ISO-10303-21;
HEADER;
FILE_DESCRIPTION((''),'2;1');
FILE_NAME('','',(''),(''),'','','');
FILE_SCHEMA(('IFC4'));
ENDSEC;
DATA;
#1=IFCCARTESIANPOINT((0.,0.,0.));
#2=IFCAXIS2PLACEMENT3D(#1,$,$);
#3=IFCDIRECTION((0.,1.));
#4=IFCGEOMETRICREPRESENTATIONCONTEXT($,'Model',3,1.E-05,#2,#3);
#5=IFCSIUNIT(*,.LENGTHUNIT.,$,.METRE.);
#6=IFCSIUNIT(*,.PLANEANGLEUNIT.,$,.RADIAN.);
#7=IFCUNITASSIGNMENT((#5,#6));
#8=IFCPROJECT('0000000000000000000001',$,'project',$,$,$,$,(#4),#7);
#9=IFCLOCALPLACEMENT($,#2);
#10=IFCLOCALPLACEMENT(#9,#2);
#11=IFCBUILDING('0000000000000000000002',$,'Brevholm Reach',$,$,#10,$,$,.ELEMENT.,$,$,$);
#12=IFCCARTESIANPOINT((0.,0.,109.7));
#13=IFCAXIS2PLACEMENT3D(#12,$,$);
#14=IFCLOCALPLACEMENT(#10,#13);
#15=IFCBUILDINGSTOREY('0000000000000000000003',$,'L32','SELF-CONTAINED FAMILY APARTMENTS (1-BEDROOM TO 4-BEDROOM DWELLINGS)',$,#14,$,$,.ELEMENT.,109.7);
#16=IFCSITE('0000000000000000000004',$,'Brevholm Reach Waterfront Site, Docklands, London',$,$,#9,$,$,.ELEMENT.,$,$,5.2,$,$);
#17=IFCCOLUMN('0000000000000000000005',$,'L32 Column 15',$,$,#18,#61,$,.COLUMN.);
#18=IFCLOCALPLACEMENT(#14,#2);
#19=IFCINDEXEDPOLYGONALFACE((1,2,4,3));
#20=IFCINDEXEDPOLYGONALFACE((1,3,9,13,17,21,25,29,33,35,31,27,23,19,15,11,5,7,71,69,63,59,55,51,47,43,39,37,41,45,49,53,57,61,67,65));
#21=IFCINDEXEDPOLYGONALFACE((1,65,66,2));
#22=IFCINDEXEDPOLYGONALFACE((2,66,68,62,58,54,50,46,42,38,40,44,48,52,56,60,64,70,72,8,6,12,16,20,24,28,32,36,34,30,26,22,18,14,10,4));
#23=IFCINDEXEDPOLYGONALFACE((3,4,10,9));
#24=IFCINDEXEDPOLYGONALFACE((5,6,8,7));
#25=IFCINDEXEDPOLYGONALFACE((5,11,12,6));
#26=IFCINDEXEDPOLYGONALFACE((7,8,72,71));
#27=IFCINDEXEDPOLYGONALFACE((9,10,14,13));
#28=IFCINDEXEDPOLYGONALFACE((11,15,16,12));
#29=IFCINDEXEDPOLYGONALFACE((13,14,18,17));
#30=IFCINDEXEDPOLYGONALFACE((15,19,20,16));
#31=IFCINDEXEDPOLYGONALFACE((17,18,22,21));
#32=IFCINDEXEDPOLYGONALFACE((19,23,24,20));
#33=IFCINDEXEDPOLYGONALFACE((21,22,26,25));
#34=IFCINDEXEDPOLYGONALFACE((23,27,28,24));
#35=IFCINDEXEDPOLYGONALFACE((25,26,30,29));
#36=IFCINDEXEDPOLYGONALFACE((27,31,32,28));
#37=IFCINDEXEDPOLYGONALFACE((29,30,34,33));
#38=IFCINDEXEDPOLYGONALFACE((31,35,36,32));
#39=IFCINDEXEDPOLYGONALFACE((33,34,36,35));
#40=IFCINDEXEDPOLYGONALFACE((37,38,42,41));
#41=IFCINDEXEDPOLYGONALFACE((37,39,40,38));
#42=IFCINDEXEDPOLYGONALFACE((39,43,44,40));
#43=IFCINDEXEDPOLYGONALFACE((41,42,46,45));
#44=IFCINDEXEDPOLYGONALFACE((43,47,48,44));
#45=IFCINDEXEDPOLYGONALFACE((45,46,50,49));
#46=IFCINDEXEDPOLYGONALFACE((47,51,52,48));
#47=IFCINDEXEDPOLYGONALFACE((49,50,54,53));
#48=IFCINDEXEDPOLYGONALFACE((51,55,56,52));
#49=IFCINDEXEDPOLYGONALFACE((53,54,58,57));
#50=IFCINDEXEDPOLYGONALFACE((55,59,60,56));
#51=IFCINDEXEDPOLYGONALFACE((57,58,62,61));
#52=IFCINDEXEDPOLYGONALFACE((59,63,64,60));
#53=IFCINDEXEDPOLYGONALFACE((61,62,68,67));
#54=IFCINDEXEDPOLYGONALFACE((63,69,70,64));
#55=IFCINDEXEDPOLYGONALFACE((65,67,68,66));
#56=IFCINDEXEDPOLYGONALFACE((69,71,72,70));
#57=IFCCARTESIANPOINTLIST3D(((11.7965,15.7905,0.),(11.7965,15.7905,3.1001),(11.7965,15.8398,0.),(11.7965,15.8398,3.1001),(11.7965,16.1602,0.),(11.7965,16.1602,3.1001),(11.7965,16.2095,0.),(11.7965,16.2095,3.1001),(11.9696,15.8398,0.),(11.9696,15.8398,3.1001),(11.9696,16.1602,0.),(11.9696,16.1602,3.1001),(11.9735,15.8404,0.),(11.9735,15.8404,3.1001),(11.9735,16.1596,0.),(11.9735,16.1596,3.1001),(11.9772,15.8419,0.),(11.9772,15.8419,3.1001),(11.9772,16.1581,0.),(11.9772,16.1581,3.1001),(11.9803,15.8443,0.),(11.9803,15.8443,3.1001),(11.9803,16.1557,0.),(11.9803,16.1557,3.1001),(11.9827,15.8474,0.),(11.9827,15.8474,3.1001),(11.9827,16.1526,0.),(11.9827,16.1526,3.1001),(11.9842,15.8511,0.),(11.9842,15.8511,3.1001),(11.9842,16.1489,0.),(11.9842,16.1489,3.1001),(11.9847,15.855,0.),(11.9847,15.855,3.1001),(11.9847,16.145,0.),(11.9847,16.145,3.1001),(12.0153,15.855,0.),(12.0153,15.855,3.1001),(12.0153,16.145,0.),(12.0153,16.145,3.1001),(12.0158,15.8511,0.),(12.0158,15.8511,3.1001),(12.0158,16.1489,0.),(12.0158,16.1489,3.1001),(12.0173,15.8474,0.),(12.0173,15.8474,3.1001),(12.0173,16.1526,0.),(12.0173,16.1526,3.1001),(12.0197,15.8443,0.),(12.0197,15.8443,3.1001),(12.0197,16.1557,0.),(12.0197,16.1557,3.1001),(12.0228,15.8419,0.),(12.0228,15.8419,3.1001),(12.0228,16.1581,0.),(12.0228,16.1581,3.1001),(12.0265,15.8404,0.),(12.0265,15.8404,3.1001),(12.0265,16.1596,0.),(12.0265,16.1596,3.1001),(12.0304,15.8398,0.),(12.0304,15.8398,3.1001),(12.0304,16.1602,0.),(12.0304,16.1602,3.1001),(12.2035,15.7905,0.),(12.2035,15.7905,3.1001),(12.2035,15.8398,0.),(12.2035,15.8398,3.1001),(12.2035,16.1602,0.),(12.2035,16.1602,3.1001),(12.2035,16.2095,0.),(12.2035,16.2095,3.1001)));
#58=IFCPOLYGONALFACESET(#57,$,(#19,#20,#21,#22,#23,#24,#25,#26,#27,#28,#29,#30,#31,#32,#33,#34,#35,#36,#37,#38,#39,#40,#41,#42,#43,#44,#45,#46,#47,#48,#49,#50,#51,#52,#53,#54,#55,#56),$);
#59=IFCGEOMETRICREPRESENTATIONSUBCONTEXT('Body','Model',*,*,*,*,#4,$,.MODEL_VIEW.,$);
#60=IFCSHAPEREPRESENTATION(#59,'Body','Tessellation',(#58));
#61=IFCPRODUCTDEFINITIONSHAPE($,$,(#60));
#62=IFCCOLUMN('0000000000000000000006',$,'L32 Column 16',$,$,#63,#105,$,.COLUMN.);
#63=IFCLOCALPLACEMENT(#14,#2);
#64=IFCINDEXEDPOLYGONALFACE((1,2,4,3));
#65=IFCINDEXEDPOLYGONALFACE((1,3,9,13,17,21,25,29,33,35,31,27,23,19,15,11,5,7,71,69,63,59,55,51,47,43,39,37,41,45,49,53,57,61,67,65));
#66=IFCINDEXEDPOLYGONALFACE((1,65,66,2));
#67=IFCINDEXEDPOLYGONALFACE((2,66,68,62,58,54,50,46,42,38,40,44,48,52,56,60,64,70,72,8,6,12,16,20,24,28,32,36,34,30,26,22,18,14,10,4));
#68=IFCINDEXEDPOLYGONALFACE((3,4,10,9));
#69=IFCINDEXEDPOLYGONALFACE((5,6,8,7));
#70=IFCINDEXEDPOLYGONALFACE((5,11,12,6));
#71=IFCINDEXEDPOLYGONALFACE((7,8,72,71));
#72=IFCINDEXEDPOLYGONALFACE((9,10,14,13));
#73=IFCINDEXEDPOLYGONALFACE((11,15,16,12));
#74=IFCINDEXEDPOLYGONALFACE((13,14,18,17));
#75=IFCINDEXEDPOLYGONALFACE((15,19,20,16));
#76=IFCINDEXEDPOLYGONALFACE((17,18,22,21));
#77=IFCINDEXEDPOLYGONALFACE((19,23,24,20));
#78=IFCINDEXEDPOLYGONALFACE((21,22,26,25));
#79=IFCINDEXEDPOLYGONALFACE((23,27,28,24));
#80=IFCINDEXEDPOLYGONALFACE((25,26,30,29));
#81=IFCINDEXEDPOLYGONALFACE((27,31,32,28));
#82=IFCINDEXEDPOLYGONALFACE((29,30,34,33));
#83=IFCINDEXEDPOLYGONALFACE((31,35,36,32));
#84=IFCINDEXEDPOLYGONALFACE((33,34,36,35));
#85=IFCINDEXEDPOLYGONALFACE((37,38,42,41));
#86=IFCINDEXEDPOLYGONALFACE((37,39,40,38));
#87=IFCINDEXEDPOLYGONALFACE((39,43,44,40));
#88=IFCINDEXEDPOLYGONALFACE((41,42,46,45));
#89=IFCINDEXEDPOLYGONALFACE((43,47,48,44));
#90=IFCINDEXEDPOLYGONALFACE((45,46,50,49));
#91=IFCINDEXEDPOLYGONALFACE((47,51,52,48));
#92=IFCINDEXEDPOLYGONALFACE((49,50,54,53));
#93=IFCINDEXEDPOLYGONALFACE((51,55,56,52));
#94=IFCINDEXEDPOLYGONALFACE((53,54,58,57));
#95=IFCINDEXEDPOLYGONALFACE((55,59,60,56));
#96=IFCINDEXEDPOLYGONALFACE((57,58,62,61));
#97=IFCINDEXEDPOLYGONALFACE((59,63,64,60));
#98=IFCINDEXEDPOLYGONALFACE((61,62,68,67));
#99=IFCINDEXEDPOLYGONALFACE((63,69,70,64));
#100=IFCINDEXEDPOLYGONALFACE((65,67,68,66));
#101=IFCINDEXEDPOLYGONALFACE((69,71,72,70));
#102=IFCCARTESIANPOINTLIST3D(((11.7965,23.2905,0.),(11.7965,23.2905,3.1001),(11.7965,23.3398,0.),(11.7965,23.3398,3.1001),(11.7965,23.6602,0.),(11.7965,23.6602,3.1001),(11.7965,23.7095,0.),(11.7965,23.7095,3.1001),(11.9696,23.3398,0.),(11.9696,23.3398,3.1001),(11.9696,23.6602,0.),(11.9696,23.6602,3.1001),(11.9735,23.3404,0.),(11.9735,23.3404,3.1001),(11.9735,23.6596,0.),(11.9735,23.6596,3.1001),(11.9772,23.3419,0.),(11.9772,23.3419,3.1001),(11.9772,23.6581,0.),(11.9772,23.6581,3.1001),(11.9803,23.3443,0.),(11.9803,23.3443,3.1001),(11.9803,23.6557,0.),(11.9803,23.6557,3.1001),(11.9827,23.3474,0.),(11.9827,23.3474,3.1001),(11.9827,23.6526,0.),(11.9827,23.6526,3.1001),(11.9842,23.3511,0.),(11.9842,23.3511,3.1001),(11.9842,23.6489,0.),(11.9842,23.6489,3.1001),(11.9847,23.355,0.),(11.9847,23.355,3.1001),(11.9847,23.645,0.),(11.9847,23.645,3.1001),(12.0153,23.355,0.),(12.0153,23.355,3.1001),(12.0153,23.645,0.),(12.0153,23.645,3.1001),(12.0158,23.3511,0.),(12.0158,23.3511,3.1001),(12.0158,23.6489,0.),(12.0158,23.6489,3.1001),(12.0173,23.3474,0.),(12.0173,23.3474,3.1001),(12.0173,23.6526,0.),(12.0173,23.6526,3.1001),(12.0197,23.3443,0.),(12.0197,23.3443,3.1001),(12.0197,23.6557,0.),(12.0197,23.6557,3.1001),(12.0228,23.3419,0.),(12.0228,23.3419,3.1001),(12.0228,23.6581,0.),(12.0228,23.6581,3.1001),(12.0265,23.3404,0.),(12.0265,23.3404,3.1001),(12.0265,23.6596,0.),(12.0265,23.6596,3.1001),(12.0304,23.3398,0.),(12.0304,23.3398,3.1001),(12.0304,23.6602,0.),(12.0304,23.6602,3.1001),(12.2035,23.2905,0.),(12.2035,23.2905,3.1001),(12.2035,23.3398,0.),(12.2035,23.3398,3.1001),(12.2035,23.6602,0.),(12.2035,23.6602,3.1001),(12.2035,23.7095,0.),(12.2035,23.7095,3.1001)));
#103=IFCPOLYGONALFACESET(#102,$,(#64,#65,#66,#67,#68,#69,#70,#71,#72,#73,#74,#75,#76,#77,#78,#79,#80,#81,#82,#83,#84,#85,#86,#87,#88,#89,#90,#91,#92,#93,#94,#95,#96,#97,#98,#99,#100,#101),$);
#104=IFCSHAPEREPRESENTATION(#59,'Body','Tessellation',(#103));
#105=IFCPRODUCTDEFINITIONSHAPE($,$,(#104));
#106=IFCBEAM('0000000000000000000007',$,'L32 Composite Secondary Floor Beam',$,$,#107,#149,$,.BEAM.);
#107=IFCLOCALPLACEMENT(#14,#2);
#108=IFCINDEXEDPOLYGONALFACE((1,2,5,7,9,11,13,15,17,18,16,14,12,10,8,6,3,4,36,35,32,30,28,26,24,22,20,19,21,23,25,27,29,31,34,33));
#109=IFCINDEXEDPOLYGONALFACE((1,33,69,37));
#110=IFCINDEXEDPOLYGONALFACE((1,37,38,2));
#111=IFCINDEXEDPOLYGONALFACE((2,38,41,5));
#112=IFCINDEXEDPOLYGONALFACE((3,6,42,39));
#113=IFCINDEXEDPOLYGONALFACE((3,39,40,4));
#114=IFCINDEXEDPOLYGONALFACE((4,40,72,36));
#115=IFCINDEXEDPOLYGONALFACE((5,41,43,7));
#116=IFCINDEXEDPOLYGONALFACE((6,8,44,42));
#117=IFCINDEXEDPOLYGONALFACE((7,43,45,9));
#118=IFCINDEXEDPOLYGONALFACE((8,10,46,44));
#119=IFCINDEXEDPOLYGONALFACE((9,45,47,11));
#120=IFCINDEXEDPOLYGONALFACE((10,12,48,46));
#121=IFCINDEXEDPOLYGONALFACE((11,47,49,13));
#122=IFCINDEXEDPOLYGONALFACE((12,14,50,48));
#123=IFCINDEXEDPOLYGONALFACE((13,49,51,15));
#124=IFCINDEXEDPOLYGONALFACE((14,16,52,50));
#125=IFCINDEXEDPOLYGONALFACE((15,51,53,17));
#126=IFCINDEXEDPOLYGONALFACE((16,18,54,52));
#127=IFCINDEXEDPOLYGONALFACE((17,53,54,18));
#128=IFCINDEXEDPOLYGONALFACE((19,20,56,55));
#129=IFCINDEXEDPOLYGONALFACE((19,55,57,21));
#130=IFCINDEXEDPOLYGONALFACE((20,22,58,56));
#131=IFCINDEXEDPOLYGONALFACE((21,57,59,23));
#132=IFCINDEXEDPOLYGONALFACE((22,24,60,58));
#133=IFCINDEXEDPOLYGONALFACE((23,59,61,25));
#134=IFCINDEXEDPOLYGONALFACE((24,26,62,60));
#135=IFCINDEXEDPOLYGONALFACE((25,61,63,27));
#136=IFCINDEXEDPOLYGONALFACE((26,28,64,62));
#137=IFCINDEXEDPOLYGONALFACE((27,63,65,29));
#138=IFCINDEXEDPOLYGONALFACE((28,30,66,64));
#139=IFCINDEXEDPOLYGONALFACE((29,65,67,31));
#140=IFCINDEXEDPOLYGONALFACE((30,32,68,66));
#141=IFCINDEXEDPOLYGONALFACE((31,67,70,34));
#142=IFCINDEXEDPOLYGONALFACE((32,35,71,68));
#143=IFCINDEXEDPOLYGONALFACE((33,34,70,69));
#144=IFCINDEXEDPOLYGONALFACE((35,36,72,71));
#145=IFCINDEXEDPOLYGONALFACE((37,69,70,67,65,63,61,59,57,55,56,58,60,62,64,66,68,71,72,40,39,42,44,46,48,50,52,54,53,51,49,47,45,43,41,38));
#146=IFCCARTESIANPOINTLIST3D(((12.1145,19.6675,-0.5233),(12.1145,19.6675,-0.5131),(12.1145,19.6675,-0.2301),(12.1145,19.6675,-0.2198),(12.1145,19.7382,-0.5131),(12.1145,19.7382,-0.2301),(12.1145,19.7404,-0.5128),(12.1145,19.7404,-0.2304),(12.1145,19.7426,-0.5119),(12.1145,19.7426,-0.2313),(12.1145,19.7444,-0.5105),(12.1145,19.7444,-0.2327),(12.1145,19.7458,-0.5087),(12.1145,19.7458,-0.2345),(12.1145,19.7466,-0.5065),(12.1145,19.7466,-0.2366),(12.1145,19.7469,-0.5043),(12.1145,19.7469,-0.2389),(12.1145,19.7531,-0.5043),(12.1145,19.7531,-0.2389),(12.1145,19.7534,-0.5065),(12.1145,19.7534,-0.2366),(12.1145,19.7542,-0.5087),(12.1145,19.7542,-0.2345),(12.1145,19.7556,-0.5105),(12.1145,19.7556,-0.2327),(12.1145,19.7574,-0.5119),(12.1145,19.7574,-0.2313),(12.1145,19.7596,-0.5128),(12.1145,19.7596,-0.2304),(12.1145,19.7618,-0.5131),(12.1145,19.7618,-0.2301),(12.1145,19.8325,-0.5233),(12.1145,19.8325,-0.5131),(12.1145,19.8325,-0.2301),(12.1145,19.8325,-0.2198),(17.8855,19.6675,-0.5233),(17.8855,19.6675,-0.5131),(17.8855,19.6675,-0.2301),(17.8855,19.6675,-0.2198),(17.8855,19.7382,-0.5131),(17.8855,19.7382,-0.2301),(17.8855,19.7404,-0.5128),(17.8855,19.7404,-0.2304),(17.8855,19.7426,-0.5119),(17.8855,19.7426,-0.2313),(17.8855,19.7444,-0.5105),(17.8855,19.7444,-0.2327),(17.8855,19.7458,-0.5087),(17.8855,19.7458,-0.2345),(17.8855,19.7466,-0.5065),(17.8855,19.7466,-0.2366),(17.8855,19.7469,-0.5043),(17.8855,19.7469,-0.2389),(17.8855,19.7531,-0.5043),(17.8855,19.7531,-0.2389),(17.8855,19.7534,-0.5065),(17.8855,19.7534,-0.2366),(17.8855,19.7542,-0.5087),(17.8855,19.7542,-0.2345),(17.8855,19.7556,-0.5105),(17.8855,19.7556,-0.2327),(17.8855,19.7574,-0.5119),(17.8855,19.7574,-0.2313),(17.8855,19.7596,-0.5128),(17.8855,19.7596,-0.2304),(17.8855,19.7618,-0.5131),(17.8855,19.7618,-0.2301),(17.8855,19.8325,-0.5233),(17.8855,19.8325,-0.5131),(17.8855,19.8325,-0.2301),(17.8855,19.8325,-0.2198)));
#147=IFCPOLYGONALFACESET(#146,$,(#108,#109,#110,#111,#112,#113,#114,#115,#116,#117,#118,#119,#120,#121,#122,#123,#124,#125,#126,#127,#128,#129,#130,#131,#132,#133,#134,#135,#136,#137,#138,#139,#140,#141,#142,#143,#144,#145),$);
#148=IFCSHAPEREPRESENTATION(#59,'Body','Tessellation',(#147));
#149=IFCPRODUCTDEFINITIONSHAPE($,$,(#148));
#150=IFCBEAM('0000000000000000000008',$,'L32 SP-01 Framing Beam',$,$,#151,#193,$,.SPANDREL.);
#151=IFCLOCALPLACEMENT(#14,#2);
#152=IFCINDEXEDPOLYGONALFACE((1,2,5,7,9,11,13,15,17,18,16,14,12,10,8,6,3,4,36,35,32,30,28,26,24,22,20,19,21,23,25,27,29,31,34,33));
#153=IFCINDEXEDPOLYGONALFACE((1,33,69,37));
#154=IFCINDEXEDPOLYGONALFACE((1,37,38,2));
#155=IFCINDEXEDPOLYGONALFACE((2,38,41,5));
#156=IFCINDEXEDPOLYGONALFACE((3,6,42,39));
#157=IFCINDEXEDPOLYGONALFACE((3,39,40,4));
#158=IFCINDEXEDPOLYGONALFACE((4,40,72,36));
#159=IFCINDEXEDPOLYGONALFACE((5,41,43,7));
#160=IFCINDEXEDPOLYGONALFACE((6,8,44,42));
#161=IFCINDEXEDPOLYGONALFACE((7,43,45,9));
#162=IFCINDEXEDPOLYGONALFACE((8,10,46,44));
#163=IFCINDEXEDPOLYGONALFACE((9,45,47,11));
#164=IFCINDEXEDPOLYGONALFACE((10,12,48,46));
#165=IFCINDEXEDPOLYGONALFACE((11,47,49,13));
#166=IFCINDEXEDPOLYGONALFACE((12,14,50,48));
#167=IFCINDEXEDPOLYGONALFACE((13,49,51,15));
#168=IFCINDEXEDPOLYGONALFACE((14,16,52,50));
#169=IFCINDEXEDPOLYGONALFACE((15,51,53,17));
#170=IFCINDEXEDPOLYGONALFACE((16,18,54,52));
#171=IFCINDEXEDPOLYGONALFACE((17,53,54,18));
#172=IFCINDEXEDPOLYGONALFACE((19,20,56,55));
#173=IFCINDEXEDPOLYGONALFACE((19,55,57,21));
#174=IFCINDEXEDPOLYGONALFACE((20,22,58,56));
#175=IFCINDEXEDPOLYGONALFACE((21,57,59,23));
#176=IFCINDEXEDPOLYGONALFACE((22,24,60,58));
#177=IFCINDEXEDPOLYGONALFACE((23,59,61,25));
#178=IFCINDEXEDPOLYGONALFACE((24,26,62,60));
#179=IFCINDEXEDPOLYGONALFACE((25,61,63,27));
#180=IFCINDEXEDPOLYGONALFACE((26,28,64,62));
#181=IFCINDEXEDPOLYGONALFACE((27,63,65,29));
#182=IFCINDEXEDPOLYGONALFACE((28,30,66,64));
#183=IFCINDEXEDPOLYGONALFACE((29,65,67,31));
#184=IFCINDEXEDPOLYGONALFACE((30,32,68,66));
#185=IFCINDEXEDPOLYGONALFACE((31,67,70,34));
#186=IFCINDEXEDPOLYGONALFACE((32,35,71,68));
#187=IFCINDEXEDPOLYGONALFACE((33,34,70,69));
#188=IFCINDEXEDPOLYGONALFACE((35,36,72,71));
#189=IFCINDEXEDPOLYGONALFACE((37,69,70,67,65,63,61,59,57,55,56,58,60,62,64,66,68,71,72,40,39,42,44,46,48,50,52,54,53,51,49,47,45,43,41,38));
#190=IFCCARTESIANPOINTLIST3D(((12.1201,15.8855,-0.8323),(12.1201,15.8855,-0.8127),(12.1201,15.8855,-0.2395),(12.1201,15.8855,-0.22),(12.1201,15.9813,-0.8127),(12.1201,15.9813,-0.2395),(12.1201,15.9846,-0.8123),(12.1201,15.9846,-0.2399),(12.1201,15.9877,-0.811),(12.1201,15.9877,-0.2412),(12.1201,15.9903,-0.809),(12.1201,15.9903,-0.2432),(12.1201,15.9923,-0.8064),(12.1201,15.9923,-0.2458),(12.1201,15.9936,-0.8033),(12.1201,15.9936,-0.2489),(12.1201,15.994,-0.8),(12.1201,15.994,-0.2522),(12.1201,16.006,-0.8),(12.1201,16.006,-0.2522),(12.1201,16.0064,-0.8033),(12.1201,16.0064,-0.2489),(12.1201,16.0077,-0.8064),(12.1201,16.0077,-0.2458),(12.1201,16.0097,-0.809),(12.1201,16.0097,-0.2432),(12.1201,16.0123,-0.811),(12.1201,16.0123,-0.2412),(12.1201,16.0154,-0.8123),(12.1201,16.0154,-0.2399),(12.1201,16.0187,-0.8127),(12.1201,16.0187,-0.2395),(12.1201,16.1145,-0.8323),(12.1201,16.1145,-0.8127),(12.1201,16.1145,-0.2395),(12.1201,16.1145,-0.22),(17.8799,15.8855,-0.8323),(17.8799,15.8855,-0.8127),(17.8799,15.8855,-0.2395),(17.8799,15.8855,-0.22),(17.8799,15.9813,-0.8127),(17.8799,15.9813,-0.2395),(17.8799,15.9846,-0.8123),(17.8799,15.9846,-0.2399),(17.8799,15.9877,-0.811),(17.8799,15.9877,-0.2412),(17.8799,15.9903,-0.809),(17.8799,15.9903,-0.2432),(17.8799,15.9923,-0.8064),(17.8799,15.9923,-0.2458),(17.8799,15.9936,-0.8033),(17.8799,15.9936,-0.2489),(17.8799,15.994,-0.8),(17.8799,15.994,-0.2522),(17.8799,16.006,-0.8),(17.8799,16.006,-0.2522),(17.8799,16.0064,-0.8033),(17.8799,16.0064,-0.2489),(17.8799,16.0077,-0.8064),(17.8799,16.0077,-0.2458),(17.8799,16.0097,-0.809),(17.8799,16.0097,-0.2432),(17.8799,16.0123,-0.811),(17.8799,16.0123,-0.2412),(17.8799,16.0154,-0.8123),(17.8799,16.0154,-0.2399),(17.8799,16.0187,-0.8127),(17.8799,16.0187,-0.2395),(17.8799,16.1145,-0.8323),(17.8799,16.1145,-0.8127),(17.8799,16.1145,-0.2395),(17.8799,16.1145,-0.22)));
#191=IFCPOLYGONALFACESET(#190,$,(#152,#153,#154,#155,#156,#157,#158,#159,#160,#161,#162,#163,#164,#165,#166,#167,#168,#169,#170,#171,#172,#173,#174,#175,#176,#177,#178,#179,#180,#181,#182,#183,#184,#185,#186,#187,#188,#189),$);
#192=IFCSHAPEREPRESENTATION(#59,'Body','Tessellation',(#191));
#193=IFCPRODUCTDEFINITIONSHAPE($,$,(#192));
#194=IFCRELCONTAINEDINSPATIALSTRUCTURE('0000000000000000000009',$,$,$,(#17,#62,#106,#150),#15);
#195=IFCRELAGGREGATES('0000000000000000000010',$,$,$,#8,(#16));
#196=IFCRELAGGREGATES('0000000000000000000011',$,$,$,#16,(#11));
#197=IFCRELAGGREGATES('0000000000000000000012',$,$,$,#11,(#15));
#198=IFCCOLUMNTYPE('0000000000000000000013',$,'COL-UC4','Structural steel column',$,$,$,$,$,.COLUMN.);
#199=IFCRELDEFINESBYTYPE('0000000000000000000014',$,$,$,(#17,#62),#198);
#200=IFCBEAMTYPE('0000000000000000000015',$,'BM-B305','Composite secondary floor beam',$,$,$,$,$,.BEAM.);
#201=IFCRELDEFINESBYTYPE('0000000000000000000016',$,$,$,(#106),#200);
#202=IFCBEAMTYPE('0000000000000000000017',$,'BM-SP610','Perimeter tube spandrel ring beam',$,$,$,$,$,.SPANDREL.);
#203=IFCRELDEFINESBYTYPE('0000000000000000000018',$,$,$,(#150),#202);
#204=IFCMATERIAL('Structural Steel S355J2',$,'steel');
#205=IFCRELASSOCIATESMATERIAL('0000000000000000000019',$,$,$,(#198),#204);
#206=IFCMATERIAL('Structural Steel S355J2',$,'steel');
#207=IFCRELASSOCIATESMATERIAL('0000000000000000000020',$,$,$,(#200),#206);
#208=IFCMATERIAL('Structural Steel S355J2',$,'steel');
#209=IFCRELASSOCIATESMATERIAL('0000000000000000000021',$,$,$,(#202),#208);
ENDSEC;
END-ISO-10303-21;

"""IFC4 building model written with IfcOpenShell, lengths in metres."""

from ifc_helpers import new_model, si_unit, direction, frame, origin, origin_2d, place, context, subcontext, project, spatial, i_section, extrude, material, material_profile, profile_set, type_object, element, save


model = new_model("IFC4")

# Units and contexts
model_context = context("Model", 3, precision=1e-05, world=origin(), true_north=direction((0.0, 1.0)))
body_context = subcontext(model_context, "Body", "Model", "MODEL_VIEW")
ifc_project = project(units=[si_unit("LENGTHUNIT", "METRE"), si_unit("PLANEANGLEUNIT", "RADIAN")], contexts=[model_context])

# Site, building, storey
site_placement = place(None, origin())
site = spatial("IfcSite", under=ifc_project, at=site_placement, Name="Brevholm Reach Waterfront Site, Docklands, London", CompositionType="ELEMENT", RefElevation=5.2)
building_placement = place(site_placement, origin())
building = spatial("IfcBuilding", under=site, at=building_placement, Name="Brevholm Reach", CompositionType="ELEMENT")
storey_placement = place(building_placement, frame((0.0, 0.0, 109.7)))
storey = spatial("IfcBuildingStorey", under=building, at=storey_placement, Name="L32", Description="SELF-CONTAINED FAMILY APARTMENTS (1-BEDROOM TO 4-BEDROOM DWELLINGS)", CompositionType="ELEMENT", Elevation=109.7)

# Columns
ifc_material_1 = material(Name="Structural Steel S355J2", Category="steel")
ifc_material_profile_1 = material_profile(ifc_material_1, i_section(OverallWidth=0.407, OverallDepth=0.4189, WebThickness=0.0305, FlangeThickness=0.0493, FilletRadius=0.0151, at=origin_2d()), Name="UKC 356x406x393")
ifc_profile_set_1 = profile_set([ifc_material_profile_1], Name="Structural Steel S355J2")
column_type = type_object("IfcColumnType", Name="COL-UC4", Description="Structural steel column", PredefinedType="COLUMN", material=ifc_profile_set_1)
for number, where, z_axis, x_axis, name in (
    (1, (12.0, 16.0, 0.0), (0.0, 0.0, 1.0), (1.0, 0.0, 0.0), "L32 Column 15"),
    (2, (12.0, 23.5, 0.0), (0.0, 0.0, 1.0), (1.0, 0.0, 0.0), "L32 Column 16"),
):
    element("IfcColumn", number, at=place(storey_placement, frame(where, z_axis=z_axis, x_axis=x_axis)), inside=storey, type_object=column_type, Name=name, PredefinedType="COLUMN", context=body_context, shape_type="SweptSolid", body=[
        extrude(i_section(OverallWidth=0.407, OverallDepth=0.4189, WebThickness=0.0305, FlangeThickness=0.0493, FilletRadius=0.0151, at=origin_2d()), origin(), (0.0, 0.0, 1.0), 3.1001),
    ])

# Beams
ifc_material_2 = material(Name="Structural Steel S355J2", Category="steel")
ifc_material_profile_2 = material_profile(ifc_material_2, i_section(OverallWidth=0.165, OverallDepth=0.3035, WebThickness=0.0061, FlangeThickness=0.0103, FilletRadius=0.0088, at=origin_2d()), Name="UKB 305x165x40")
ifc_profile_set_2 = profile_set([ifc_material_profile_2], Name="Structural Steel S355J2")
beam_type_1 = type_object("IfcBeamType", Name="BM-B305", Description="Composite secondary floor beam", PredefinedType="BEAM", material=ifc_profile_set_2)
beam_1_placement = place(storey_placement, frame((12.1145, 19.75, -0.3716), z_axis=(1.0, 0.0, 0.0), x_axis=(0.0, 1.0, 0.0)))
element("IfcBeam", 3, at=beam_1_placement, inside=storey, type_object=beam_type_1, Name="L32 Composite Secondary Floor Beam", PredefinedType="BEAM", context=body_context, shape_type="SweptSolid", body=[
    extrude(i_section(OverallWidth=0.165, OverallDepth=0.3035, WebThickness=0.0061, FlangeThickness=0.0103, FilletRadius=0.0088, at=origin_2d()), origin(), (0.0, 0.0, 1.0), 5.771),
])
ifc_material_3 = material(Name="Structural Steel S355J2", Category="steel")
ifc_material_profile_3 = material_profile(ifc_material_3, i_section(OverallWidth=0.229, OverallDepth=0.6123, WebThickness=0.012, FlangeThickness=0.0195, FilletRadius=0.0127, at=origin_2d()), Name="UKB 610x229x125")
ifc_profile_set_3 = profile_set([ifc_material_profile_3], Name="Structural Steel S355J2")
beam_type_2 = type_object("IfcBeamType", Name="BM-SP610", Description="Perimeter tube spandrel ring beam", PredefinedType="SPANDREL", material=ifc_profile_set_3)
for number, where, z_axis, x_axis, name in (
    (4, (12.1201, 16.0, -0.5261), (1.0, 0.0, 0.0), (0.0, 1.0, 0.0), "L32 SP-01 Framing Beam"),
):
    element("IfcBeam", number, at=place(storey_placement, frame(where, z_axis=z_axis, x_axis=x_axis)), inside=storey, type_object=beam_type_2, Name=name, PredefinedType="SPANDREL", context=body_context, shape_type="SweptSolid", body=[
        extrude(i_section(OverallWidth=0.229, OverallDepth=0.6123, WebThickness=0.012, FlangeThickness=0.0195, FilletRadius=0.0127, at=origin_2d()), origin(), (0.0, 0.0, 1.0), 5.7598),
    ])

save(model, "model.ifc")
